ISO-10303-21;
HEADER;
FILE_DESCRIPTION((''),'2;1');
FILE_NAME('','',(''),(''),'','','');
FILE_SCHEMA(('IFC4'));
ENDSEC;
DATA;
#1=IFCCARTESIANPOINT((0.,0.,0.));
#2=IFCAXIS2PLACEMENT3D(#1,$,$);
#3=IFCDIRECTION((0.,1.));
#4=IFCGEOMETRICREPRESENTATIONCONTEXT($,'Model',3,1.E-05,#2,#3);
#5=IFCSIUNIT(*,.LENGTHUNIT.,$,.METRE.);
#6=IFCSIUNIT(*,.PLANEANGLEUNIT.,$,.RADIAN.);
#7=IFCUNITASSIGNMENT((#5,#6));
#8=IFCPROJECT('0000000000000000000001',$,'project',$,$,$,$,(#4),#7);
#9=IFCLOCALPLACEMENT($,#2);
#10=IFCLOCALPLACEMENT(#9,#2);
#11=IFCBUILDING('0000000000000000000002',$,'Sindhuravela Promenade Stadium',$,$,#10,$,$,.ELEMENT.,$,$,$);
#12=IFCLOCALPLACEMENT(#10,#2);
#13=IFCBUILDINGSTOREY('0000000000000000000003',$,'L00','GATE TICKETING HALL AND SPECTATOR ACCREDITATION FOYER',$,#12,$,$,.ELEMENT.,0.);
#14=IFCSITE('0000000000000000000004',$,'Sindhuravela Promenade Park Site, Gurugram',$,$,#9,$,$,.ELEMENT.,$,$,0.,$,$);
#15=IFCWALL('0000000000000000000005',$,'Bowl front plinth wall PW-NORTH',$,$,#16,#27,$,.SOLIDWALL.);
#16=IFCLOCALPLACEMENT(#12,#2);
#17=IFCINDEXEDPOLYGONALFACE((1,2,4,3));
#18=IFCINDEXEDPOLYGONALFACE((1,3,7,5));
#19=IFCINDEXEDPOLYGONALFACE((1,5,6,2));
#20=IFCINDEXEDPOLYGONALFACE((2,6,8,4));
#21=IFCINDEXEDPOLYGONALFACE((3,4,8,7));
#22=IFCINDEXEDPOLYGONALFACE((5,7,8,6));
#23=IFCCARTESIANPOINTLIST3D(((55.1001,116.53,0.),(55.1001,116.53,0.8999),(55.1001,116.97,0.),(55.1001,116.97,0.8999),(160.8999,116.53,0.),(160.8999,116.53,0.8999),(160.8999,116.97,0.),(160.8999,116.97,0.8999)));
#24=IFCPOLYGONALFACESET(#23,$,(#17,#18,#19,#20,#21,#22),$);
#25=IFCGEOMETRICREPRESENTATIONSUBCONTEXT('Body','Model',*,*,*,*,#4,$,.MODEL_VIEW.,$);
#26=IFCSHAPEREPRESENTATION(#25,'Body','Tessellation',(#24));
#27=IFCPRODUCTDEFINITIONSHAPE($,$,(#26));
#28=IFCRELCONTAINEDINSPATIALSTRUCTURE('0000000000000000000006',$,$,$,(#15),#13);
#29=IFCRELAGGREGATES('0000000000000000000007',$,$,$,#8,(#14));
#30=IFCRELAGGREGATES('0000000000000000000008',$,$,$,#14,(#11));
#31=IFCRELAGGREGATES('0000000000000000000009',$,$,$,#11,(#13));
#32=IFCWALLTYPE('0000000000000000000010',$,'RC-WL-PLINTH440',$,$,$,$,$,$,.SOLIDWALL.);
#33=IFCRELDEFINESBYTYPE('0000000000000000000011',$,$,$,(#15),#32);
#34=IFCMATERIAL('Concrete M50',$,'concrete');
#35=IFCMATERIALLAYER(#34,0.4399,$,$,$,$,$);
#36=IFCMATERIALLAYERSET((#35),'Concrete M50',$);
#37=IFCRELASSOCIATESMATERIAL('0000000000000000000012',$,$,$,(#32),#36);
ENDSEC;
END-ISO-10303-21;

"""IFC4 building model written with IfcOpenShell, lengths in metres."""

from ifc_helpers import new_model, si_unit, direction, frame, frame_2d, origin, place, context, subcontext, project, spatial, rectangle, extrude, material, layer, layer_set, type_object, element, save


model = new_model("IFC4")

# Units and contexts
model_context = context("Model", 3, precision=1e-05, world=origin(), true_north=direction((0.0, 1.0)))
body_context = subcontext(model_context, "Body", "Model", "MODEL_VIEW")
ifc_project = project(units=[si_unit("LENGTHUNIT", "METRE"), si_unit("PLANEANGLEUNIT", "RADIAN")], contexts=[model_context])

# Site, building, storey
site_placement = place(None, origin())
site = spatial("IfcSite", under=ifc_project, at=site_placement, Name="Sindhuravela Promenade Park Site, Gurugram", CompositionType="ELEMENT", RefElevation=0.0)
building_placement = place(site_placement, origin())
building = spatial("IfcBuilding", under=site, at=building_placement, Name="Sindhuravela Promenade Stadium", CompositionType="ELEMENT")
storey_placement = place(building_placement, origin())
storey = spatial("IfcBuildingStorey", under=building, at=storey_placement, Name="L00", Description="GATE TICKETING HALL AND SPECTATOR ACCREDITATION FOYER", CompositionType="ELEMENT", Elevation=0.0)

# Shared definitions
ifc_material_1 = material(Name="Concrete M50", Category="concrete")

# Wall
ifc_layer_1 = layer(ifc_material_1, 0.4399)
ifc_layer_set_1 = layer_set([ifc_layer_1], Name="Concrete M50")
wall_type_1 = type_object("IfcWallType", Name="RC-WL-PLINTH440", PredefinedType="SOLIDWALL", material=ifc_layer_set_1)
wall_1_placement = place(storey_placement, frame((160.8999, 116.75, 0.0), z_axis=(0.0, 0.0, 1.0), x_axis=(-1.0, 0.0, 0.0)))
element("IfcWall", 1, at=wall_1_placement, inside=storey, type_object=wall_type_1, Name="Bowl front plinth wall PW-NORTH", PredefinedType="SOLIDWALL", context=body_context, shape_type="SweptSolid", body=[
    extrude(rectangle(XDim=105.7998, YDim=0.4399, at=frame_2d((52.8999, 0.0))), origin(), (0.0, 0.0, 1.0), 0.8999),
])

save(model, "model.ifc")
